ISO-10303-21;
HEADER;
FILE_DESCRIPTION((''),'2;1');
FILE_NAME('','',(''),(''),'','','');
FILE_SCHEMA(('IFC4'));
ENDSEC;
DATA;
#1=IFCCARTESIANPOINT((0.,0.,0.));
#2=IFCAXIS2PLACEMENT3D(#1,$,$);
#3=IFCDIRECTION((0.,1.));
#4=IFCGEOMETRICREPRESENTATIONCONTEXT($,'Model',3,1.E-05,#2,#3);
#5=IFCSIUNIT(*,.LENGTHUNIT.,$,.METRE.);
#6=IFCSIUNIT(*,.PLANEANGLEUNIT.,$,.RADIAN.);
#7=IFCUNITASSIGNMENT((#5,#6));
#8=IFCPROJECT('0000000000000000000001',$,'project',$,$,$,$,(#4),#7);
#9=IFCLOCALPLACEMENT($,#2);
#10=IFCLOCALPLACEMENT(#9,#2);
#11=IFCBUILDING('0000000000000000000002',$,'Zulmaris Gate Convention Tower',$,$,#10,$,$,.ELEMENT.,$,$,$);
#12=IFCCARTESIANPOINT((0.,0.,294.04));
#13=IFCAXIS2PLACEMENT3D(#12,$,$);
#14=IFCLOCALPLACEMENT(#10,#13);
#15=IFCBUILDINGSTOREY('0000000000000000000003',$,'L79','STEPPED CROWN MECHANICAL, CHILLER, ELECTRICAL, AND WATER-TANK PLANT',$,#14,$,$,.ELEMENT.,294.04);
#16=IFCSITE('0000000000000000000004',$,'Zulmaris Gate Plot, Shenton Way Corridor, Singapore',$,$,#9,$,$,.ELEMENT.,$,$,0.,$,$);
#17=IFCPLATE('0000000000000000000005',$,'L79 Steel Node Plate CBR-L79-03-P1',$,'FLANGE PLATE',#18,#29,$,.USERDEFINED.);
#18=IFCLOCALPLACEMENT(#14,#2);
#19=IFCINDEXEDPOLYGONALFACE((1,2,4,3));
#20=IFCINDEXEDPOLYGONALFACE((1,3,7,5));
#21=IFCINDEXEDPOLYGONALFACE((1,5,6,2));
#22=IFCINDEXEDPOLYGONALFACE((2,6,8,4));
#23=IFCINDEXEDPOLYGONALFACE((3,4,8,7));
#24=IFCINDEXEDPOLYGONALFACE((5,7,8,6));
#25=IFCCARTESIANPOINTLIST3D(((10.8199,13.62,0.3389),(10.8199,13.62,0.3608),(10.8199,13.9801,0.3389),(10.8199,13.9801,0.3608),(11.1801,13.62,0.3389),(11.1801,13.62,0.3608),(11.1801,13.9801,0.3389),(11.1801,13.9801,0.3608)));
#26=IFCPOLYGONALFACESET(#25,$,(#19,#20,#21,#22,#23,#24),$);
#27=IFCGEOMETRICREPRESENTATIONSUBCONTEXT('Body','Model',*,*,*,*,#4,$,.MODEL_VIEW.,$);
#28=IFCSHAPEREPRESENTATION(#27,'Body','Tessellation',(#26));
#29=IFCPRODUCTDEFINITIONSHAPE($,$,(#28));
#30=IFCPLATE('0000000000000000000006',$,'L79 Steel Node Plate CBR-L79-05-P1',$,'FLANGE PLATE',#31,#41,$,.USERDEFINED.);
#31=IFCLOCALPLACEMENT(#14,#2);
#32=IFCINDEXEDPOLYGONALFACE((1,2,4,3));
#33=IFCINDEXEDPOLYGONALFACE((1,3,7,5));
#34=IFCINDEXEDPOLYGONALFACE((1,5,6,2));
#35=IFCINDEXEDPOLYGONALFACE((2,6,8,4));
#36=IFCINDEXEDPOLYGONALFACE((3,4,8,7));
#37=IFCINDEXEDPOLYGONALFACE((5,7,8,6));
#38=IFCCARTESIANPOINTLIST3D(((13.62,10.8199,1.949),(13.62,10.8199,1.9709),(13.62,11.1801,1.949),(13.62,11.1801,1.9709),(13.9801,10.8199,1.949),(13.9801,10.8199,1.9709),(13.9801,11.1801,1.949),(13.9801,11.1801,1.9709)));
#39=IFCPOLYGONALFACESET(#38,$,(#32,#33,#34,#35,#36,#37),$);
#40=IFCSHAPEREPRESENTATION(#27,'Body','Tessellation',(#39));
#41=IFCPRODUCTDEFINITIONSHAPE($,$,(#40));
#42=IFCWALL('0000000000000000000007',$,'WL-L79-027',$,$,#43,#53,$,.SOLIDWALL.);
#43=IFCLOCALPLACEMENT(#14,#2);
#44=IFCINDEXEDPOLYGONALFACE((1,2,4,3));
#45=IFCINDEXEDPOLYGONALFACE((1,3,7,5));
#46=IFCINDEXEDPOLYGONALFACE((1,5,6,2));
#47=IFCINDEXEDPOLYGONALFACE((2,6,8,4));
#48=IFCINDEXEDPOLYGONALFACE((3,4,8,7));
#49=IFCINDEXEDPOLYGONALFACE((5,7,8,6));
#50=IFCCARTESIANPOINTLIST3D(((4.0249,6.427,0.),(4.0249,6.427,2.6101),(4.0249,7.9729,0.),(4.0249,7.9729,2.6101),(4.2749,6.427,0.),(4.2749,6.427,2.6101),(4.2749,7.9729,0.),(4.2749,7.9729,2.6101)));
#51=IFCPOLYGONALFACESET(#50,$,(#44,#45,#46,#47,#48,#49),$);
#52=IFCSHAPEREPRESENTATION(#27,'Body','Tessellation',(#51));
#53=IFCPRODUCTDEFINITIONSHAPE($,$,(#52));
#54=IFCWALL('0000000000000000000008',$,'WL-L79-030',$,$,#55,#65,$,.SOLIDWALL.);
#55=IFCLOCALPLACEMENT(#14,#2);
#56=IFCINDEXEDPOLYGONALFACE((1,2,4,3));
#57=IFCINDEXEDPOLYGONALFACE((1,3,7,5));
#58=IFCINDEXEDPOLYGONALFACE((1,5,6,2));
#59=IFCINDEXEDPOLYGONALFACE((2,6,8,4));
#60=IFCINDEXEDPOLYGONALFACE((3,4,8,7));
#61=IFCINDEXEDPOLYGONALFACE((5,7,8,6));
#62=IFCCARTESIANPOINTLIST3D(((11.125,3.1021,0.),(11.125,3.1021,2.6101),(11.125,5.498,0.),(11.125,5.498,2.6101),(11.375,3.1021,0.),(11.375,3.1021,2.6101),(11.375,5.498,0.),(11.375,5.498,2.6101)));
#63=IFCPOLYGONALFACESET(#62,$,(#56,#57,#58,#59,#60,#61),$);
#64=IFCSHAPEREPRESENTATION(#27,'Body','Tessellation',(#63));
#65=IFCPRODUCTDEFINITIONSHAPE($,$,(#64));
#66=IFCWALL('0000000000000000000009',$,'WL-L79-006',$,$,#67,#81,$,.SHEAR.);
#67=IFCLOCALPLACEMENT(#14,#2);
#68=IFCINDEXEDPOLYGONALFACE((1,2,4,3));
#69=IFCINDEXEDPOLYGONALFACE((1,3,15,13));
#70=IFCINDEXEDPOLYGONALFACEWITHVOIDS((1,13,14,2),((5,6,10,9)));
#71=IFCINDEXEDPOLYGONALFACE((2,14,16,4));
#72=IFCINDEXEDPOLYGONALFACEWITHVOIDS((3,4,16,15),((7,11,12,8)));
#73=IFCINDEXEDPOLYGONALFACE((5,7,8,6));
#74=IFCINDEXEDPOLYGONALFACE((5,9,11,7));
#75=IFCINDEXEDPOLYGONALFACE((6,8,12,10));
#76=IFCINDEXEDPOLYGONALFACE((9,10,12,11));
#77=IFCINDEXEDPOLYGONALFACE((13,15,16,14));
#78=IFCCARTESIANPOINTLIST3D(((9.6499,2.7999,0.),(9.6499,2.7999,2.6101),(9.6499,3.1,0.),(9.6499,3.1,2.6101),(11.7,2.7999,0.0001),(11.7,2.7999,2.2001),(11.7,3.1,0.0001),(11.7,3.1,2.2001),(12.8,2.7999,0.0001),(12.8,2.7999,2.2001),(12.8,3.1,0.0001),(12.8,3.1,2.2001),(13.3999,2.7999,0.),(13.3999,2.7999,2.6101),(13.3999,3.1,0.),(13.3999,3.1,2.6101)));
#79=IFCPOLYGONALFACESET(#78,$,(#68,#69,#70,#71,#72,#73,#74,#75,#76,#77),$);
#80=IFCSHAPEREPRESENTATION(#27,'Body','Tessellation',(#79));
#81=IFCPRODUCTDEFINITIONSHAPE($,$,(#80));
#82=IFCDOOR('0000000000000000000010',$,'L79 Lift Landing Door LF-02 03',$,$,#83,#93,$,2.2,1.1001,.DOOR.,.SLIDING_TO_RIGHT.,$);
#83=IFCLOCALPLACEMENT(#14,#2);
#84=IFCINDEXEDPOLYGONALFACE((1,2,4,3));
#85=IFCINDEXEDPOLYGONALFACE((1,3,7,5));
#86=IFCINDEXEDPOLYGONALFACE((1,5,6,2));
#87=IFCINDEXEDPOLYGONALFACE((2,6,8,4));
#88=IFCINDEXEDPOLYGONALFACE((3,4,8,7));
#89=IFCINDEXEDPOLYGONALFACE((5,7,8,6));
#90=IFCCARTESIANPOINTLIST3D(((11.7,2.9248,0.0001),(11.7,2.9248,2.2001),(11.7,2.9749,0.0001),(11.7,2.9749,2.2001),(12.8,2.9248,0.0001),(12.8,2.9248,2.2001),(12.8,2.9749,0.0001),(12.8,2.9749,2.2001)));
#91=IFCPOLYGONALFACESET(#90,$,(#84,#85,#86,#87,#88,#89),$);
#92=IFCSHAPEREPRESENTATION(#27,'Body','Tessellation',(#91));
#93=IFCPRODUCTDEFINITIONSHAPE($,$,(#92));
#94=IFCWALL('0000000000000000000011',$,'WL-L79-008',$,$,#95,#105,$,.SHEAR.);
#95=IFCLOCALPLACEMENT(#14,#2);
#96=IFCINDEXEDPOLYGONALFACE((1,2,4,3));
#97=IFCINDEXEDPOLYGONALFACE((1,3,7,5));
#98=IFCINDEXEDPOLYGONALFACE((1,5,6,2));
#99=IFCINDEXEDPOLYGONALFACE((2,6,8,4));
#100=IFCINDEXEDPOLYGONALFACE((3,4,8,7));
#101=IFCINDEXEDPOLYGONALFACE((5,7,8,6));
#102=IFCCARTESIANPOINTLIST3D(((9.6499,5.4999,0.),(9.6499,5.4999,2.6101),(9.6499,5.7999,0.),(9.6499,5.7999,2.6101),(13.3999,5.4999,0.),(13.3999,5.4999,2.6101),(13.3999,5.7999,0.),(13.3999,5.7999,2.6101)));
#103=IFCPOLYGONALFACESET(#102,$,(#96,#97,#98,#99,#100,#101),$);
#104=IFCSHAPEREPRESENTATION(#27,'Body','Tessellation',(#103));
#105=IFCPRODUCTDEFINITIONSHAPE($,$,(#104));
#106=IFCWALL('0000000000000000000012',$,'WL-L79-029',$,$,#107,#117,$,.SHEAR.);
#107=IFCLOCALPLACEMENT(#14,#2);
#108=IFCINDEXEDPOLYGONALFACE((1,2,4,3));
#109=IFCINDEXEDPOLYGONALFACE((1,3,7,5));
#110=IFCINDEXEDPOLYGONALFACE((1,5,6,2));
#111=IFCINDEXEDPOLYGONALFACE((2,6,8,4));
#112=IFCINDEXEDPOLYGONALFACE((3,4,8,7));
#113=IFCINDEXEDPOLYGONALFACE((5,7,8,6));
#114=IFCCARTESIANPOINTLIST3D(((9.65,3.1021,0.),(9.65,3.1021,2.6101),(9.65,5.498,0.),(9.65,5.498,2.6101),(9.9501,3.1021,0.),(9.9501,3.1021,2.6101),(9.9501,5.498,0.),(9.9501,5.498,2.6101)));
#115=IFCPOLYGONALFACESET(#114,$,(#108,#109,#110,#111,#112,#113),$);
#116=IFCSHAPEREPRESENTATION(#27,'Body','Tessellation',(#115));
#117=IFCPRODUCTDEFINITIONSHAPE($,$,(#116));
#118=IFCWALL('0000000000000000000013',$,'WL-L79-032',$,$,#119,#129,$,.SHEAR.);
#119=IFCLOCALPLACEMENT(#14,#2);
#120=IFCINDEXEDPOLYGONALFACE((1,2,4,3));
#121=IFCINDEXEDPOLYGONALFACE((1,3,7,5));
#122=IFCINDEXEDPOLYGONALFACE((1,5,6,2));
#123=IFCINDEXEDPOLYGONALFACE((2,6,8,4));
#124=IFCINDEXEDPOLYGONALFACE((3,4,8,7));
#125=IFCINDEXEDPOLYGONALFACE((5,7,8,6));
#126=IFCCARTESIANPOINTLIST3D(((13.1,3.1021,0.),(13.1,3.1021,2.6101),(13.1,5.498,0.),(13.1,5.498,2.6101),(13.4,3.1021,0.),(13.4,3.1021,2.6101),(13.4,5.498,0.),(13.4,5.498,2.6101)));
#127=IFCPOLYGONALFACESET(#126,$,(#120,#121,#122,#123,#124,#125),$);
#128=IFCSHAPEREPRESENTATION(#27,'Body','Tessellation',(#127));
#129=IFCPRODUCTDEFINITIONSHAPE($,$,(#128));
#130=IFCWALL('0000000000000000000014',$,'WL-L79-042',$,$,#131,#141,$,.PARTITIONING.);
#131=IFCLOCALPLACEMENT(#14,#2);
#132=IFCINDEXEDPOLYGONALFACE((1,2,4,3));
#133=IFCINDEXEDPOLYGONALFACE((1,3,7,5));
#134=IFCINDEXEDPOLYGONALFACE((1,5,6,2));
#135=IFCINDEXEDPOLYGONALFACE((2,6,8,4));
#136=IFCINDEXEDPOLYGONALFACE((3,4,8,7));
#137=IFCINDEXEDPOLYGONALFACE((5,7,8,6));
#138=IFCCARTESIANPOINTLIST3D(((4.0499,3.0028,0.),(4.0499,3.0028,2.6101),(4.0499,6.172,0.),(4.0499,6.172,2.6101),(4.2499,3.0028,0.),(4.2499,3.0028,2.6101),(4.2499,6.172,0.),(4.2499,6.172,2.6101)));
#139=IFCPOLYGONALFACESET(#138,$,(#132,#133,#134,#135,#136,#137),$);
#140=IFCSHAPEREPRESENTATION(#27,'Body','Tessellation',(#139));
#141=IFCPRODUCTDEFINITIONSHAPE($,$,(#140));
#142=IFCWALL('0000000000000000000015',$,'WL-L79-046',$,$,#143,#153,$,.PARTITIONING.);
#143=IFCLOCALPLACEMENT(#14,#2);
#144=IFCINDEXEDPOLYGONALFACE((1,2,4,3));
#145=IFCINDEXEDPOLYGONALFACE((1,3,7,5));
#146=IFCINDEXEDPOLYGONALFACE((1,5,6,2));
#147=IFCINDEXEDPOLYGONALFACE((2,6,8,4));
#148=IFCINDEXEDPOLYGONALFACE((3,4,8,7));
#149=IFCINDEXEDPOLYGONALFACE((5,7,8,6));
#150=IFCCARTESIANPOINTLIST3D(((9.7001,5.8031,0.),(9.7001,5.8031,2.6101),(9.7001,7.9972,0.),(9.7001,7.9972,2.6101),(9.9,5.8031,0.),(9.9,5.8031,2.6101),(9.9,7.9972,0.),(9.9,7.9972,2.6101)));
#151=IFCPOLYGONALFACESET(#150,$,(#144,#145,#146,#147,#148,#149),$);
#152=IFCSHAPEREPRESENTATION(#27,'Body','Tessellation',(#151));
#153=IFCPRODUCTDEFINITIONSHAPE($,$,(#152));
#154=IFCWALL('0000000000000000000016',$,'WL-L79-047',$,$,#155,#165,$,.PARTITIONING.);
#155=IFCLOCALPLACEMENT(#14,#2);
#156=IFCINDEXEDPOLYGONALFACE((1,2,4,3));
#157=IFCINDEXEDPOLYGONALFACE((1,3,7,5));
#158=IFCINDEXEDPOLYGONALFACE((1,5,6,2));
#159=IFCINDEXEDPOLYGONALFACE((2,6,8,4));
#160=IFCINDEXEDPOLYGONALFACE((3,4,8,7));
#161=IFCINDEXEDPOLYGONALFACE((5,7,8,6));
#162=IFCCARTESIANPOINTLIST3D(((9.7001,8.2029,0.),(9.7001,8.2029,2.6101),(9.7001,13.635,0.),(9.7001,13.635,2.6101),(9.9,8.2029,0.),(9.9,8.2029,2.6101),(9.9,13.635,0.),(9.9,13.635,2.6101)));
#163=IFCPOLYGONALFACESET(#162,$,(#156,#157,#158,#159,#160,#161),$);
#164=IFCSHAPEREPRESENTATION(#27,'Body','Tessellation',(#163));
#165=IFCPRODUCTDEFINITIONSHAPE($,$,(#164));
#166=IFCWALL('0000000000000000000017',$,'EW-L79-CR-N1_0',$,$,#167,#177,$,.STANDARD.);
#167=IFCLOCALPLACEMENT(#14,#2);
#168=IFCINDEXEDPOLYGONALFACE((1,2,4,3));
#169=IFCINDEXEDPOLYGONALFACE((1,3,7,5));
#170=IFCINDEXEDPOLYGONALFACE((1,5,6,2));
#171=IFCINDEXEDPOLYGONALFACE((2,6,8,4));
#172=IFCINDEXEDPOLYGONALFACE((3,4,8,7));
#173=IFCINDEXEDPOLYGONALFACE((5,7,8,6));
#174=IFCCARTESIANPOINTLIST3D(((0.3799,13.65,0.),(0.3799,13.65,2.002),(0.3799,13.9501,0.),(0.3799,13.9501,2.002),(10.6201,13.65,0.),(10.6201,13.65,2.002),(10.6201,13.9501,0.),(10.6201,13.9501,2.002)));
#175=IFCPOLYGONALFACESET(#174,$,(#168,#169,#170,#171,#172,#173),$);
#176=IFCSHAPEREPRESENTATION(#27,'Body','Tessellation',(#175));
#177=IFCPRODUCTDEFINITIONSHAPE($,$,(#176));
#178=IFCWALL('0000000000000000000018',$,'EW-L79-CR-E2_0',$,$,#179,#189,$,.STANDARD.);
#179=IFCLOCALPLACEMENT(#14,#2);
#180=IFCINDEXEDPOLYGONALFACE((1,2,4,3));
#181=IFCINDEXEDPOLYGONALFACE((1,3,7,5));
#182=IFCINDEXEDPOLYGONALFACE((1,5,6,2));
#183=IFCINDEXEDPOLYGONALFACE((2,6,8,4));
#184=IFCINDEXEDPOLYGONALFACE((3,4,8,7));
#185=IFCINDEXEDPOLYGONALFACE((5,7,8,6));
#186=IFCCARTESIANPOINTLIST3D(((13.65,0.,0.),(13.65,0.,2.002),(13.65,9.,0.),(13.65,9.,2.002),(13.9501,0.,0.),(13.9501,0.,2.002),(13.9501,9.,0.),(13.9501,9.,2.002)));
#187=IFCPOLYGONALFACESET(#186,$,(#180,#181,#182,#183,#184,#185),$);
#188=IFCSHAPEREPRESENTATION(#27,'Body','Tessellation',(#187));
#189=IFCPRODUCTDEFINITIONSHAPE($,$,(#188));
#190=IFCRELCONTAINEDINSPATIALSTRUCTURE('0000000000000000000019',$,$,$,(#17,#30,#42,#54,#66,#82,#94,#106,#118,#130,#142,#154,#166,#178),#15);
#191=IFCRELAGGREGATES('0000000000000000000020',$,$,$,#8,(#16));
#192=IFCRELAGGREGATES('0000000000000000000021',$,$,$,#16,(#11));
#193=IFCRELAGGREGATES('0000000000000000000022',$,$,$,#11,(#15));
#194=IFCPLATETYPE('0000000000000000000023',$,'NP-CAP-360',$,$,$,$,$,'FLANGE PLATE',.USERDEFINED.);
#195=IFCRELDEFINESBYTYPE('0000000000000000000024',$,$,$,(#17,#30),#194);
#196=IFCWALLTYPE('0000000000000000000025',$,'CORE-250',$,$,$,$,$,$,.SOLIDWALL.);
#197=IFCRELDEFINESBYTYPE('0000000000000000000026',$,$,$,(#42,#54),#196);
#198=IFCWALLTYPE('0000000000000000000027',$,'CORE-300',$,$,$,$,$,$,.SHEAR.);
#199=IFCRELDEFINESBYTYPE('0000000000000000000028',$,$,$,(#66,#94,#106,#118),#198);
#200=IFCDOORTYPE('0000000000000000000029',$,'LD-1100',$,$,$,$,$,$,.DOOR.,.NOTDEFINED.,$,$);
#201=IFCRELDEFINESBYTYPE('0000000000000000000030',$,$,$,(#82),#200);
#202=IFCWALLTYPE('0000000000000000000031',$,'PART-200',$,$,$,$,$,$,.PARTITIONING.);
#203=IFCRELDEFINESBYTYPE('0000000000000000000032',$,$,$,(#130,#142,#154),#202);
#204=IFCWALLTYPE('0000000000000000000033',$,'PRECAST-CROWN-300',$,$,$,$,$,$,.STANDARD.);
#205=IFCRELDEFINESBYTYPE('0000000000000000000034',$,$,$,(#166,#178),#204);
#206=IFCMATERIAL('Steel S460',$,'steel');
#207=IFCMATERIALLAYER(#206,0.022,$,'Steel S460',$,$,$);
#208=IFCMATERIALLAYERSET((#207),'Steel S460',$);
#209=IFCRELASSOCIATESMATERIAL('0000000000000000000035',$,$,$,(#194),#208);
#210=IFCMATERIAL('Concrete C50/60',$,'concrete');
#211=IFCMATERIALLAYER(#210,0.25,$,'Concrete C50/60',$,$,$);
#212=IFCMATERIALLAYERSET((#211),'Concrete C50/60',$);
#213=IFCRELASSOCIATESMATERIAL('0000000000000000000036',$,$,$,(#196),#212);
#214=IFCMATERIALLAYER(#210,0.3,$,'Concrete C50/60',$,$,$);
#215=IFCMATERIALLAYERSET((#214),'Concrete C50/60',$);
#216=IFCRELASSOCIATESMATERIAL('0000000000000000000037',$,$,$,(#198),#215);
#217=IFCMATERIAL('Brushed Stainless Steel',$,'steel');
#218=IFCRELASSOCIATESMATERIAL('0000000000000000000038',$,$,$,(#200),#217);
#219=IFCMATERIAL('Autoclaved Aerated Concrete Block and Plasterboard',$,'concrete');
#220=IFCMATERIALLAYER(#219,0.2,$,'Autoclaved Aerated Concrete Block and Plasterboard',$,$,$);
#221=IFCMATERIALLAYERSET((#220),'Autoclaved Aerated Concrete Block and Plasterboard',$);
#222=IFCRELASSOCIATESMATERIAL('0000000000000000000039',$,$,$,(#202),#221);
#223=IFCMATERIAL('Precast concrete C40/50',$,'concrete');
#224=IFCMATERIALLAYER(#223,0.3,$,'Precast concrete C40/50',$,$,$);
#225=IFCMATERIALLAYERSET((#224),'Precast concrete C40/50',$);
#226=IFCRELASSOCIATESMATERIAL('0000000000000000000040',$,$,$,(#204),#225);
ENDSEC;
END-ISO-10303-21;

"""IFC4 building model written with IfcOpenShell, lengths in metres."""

from ifc_helpers import new_model, si_unit, direction, frame, frame_2d, origin, origin_2d, place, context, subcontext, project, spatial, rectangle, extrude, material, layer, layer_set, type_object, element, fill, save


model = new_model("IFC4")

# Units and contexts
model_context = context("Model", 3, precision=1e-05, world=origin(), true_north=direction((0.0, 1.0)))
body_context = subcontext(model_context, "Body", "Model", "MODEL_VIEW")
ifc_project = project(units=[si_unit("LENGTHUNIT", "METRE"), si_unit("PLANEANGLEUNIT", "RADIAN")], contexts=[model_context])

# Site, building, storey
site_placement = place(None, origin())
site = spatial("IfcSite", under=ifc_project, at=site_placement, Name="Zulmaris Gate Plot, Shenton Way Corridor, Singapore", CompositionType="ELEMENT", RefElevation=0.0)
building_placement = place(site_placement, origin())
building = spatial("IfcBuilding", under=site, at=building_placement, Name="Zulmaris Gate Convention Tower", CompositionType="ELEMENT")
storey_placement = place(building_placement, frame((0.0, 0.0, 294.04)))
storey = spatial("IfcBuildingStorey", under=building, at=storey_placement, Name="L79", Description="STEPPED CROWN MECHANICAL, CHILLER, ELECTRICAL, AND WATER-TANK PLANT", CompositionType="ELEMENT", Elevation=294.04)

# Shared definitions
ifc_material_1 = material(Name="Concrete C50/60", Category="concrete")

# Plates
ifc_material_2 = material(Name="Steel S460", Category="steel")
ifc_layer_1 = layer(ifc_material_2, 0.022, Name="Steel S460")
ifc_layer_set_1 = layer_set([ifc_layer_1], Name="Steel S460")
plate_type = type_object("IfcPlateType", Name="NP-CAP-360", ElementType="FLANGE PLATE", PredefinedType="USERDEFINED", material=ifc_layer_set_1)
for number, where, z_axis, x_axis, name in (
    (1, (11.0, 13.8, 0.3389), (0.0, 0.0, 1.0), (1.0, 0.0, 0.0), "L79 Steel Node Plate CBR-L79-03-P1"),
    (2, (13.8, 11.0, 1.949), (0.0, 0.0, 1.0), (1.0, 0.0, 0.0), "L79 Steel Node Plate CBR-L79-05-P1"),
):
    element("IfcPlate", number, at=place(storey_placement, frame(where, z_axis=z_axis, x_axis=x_axis)), inside=storey, type_object=plate_type, Name=name, ObjectType="FLANGE PLATE", PredefinedType="USERDEFINED", context=body_context, shape_type="SweptSolid", body=[
        extrude(rectangle(XDim=0.3601, YDim=0.3601, at=origin_2d()), origin(), (0.0, 0.0, 1.0), 0.022),
    ])

# Walls
ifc_layer_2 = layer(ifc_material_1, 0.25, Name="Concrete C50/60")
ifc_layer_set_2 = layer_set([ifc_layer_2], Name="Concrete C50/60")
wall_type_1 = type_object("IfcWallType", Name="CORE-250", PredefinedType="SOLIDWALL", material=ifc_layer_set_2)
wall_1_placement = place(storey_placement, frame((4.1499, 6.427, 0.0), z_axis=(0.0, 0.0, 1.0), x_axis=(0.0, 1.0, 0.0)))
element("IfcWall", 3, at=wall_1_placement, inside=storey, type_object=wall_type_1, Name="WL-L79-027", PredefinedType="SOLIDWALL", context=body_context, shape_type="SweptSolid", body=[
    extrude(rectangle(XDim=1.5459, YDim=0.25, at=frame_2d((0.7729, 0.0))), origin(), (0.0, 0.0, 1.0), 2.6101),
])
wall_2_placement = place(storey_placement, frame((11.25, 3.1021, 0.0), z_axis=(0.0, 0.0, 1.0), x_axis=(0.0, 1.0, 0.0)))
element("IfcWall", 4, at=wall_2_placement, inside=storey, type_object=wall_type_1, Name="WL-L79-030", PredefinedType="SOLIDWALL", context=body_context, shape_type="SweptSolid", body=[
    extrude(rectangle(XDim=2.396, YDim=0.25, at=frame_2d((1.198, 0.0))), origin(), (0.0, 0.0, 1.0), 2.6101),
])

# Wall, opening, door
ifc_layer_3 = layer(ifc_material_1, 0.3, Name="Concrete C50/60")
ifc_layer_set_3 = layer_set([ifc_layer_3], Name="Concrete C50/60")
wall_type_2 = type_object("IfcWallType", Name="CORE-300", PredefinedType="SHEAR", material=ifc_layer_set_3)
wall_3_placement = place(storey_placement, frame((9.6499, 2.95, 0.0), z_axis=(0.0, 0.0, 1.0), x_axis=(1.0, 0.0, 0.0)))
wall_3 = element("IfcWall", 5, at=wall_3_placement, inside=storey, type_object=wall_type_2, Name="WL-L79-006", PredefinedType="SHEAR", context=body_context, shape_type="SweptSolid", body=[
    extrude(rectangle(XDim=3.75, YDim=0.3, at=frame_2d((1.875, 0.0))), origin(), (0.0, 0.0, 1.0), 2.6101),
])
opening_1_placement = place(wall_3_placement, frame((2.05, 0.0, 0.0)))
opening_1 = element("IfcOpeningElement", 6, at=opening_1_placement, cuts=wall_3, PredefinedType="OPENING", context=body_context, shape_type="SweptSolid", body=[
    extrude(rectangle(XDim=1.1001, YDim=2.2, at=frame_2d((0.55, 1.1001))), frame((0.0, 0.1602, 0.0), z_axis=(0.0, -1.0, 0.0), x_axis=(1.0, 0.0, 0.0)), (0.0, 0.0, 1.0), 0.3201),
])
ifc_material_3 = material(Name="Brushed Stainless Steel", Category="steel")
door_type_1 = type_object("IfcDoorType", Name="LD-1100", OperationType="NOTDEFINED", PredefinedType="DOOR", material=ifc_material_3)
door_1_placement = place(opening_1_placement, origin())
door_1 = element("IfcDoor", 7, at=door_1_placement, inside=storey, type_object=door_type_1, Name="L79 Lift Landing Door LF-02 03", OperationType="SLIDING_TO_RIGHT", OverallHeight=2.2, OverallWidth=1.1001, PredefinedType="DOOR", context=body_context, shape_type="SweptSolid", body=[
    extrude(rectangle(XDim=1.1001, YDim=2.2, at=frame_2d((0.55, 1.1001))), frame((0.0, 0.0249, 0.0), z_axis=(0.0, -1.0, 0.0), x_axis=(1.0, 0.0, 0.0)), (0.0, 0.0, 1.0), 0.05),
])
fill(opening_1, door_1)

# Walls
wall_4_placement = place(storey_placement, frame((9.6499, 5.6499, 0.0), z_axis=(0.0, 0.0, 1.0), x_axis=(1.0, 0.0, 0.0)))
element("IfcWall", 8, at=wall_4_placement, inside=storey, type_object=wall_type_2, Name="WL-L79-008", PredefinedType="SHEAR", context=body_context, shape_type="SweptSolid", body=[
    extrude(rectangle(XDim=3.75, YDim=0.3, at=frame_2d((1.875, 0.0))), origin(), (0.0, 0.0, 1.0), 2.6101),
])
for number, where, z_axis, x_axis, name in (
    (9, (9.8, 3.1021, 0.0), (0.0, 0.0, 1.0), (0.0, 1.0, 0.0), "WL-L79-029"),
    (10, (13.25, 3.1021, 0.0), (0.0, 0.0, 1.0), (0.0, 1.0, 0.0), "WL-L79-032"),
):
    element("IfcWall", number, at=place(storey_placement, frame(where, z_axis=z_axis, x_axis=x_axis)), inside=storey, type_object=wall_type_2, Name=name, PredefinedType="SHEAR", context=body_context, shape_type="SweptSolid", body=[
        extrude(rectangle(XDim=2.396, YDim=0.3, at=frame_2d((1.198, 0.0))), origin(), (0.0, 0.0, 1.0), 2.6101),
    ])

# Shared definitions
ifc_material_4 = material(Name="Autoclaved Aerated Concrete Block and Plasterboard", Category="concrete")
ifc_layer_4 = layer(ifc_material_4, 0.2, Name="Autoclaved Aerated Concrete Block and Plasterboard")
ifc_layer_set_4 = layer_set([ifc_layer_4], Name="Autoclaved Aerated Concrete Block and Plasterboard")
wall_type_3 = type_object("IfcWallType", Name="PART-200", PredefinedType="PARTITIONING", material=ifc_layer_set_4)

# Walls
wall_5_placement = place(storey_placement, frame((4.1499, 3.0029, 0.0), z_axis=(0.0, 0.0, 1.0), x_axis=(0.0, 1.0, 0.0)))
element("IfcWall", 11, at=wall_5_placement, inside=storey, type_object=wall_type_3, Name="WL-L79-042", PredefinedType="PARTITIONING", context=body_context, shape_type="SweptSolid", body=[
    extrude(rectangle(XDim=3.1692, YDim=0.2, at=frame_2d((1.5845, 0.0))), origin(), (0.0, 0.0, 1.0), 2.6101),
])
wall_6_placement = place(storey_placement, frame((9.8, 5.803, 0.0), z_axis=(0.0, 0.0, 1.0), x_axis=(0.0, 1.0, 0.0)))
element("IfcWall", 12, at=wall_6_placement, inside=storey, type_object=wall_type_3, Name="WL-L79-046", PredefinedType="PARTITIONING", context=body_context, shape_type="SweptSolid", body=[
    extrude(rectangle(XDim=2.1941, YDim=0.2, at=frame_2d((1.0972, 0.0))), origin(), (0.0, 0.0, 1.0), 2.6101),
])
wall_7_placement = place(storey_placement, frame((9.8, 8.2029, 0.0), z_axis=(0.0, 0.0, 1.0), x_axis=(0.0, 1.0, 0.0)))
element("IfcWall", 13, at=wall_7_placement, inside=storey, type_object=wall_type_3, Name="WL-L79-047", PredefinedType="PARTITIONING", context=body_context, shape_type="SweptSolid", body=[
    extrude(rectangle(XDim=5.4321, YDim=0.2, at=frame_2d((2.7161, 0.0))), origin(), (0.0, 0.0, 1.0), 2.6101),
])
ifc_material_5 = material(Name="Precast concrete C40/50", Category="concrete")
ifc_layer_5 = layer(ifc_material_5, 0.3, Name="Precast concrete C40/50")
ifc_layer_set_5 = layer_set([ifc_layer_5], Name="Precast concrete C40/50")
wall_type_4 = type_object("IfcWallType", Name="PRECAST-CROWN-300", PredefinedType="STANDARD", material=ifc_layer_set_5)
wall_8_placement = place(storey_placement, frame((10.6201, 13.8, 0.0), z_axis=(0.0, 0.0, 1.0), x_axis=(-1.0, 0.0, 0.0)))
element("IfcWall", 14, at=wall_8_placement, inside=storey, type_object=wall_type_4, Name="EW-L79-CR-N1_0", PredefinedType="STANDARD", context=body_context, shape_type="SweptSolid", body=[
    extrude(rectangle(XDim=10.2402, YDim=0.3, at=frame_2d((5.1201, 0.0))), origin(), (0.0, 0.0, 1.0), 2.002),
])
wall_9_placement = place(storey_placement, frame((13.8, 0.0, 0.0), z_axis=(0.0, 0.0, 1.0), x_axis=(0.0, 1.0, 0.0)))
element("IfcWall", 15, at=wall_9_placement, inside=storey, type_object=wall_type_4, Name="EW-L79-CR-E2_0", PredefinedType="STANDARD", context=body_context, shape_type="SweptSolid", body=[
    extrude(rectangle(XDim=9.0, YDim=0.3, at=frame_2d((4.5, 0.0))), origin(), (0.0, 0.0, 1.0), 2.002),
])

save(model, "model.ifc")
